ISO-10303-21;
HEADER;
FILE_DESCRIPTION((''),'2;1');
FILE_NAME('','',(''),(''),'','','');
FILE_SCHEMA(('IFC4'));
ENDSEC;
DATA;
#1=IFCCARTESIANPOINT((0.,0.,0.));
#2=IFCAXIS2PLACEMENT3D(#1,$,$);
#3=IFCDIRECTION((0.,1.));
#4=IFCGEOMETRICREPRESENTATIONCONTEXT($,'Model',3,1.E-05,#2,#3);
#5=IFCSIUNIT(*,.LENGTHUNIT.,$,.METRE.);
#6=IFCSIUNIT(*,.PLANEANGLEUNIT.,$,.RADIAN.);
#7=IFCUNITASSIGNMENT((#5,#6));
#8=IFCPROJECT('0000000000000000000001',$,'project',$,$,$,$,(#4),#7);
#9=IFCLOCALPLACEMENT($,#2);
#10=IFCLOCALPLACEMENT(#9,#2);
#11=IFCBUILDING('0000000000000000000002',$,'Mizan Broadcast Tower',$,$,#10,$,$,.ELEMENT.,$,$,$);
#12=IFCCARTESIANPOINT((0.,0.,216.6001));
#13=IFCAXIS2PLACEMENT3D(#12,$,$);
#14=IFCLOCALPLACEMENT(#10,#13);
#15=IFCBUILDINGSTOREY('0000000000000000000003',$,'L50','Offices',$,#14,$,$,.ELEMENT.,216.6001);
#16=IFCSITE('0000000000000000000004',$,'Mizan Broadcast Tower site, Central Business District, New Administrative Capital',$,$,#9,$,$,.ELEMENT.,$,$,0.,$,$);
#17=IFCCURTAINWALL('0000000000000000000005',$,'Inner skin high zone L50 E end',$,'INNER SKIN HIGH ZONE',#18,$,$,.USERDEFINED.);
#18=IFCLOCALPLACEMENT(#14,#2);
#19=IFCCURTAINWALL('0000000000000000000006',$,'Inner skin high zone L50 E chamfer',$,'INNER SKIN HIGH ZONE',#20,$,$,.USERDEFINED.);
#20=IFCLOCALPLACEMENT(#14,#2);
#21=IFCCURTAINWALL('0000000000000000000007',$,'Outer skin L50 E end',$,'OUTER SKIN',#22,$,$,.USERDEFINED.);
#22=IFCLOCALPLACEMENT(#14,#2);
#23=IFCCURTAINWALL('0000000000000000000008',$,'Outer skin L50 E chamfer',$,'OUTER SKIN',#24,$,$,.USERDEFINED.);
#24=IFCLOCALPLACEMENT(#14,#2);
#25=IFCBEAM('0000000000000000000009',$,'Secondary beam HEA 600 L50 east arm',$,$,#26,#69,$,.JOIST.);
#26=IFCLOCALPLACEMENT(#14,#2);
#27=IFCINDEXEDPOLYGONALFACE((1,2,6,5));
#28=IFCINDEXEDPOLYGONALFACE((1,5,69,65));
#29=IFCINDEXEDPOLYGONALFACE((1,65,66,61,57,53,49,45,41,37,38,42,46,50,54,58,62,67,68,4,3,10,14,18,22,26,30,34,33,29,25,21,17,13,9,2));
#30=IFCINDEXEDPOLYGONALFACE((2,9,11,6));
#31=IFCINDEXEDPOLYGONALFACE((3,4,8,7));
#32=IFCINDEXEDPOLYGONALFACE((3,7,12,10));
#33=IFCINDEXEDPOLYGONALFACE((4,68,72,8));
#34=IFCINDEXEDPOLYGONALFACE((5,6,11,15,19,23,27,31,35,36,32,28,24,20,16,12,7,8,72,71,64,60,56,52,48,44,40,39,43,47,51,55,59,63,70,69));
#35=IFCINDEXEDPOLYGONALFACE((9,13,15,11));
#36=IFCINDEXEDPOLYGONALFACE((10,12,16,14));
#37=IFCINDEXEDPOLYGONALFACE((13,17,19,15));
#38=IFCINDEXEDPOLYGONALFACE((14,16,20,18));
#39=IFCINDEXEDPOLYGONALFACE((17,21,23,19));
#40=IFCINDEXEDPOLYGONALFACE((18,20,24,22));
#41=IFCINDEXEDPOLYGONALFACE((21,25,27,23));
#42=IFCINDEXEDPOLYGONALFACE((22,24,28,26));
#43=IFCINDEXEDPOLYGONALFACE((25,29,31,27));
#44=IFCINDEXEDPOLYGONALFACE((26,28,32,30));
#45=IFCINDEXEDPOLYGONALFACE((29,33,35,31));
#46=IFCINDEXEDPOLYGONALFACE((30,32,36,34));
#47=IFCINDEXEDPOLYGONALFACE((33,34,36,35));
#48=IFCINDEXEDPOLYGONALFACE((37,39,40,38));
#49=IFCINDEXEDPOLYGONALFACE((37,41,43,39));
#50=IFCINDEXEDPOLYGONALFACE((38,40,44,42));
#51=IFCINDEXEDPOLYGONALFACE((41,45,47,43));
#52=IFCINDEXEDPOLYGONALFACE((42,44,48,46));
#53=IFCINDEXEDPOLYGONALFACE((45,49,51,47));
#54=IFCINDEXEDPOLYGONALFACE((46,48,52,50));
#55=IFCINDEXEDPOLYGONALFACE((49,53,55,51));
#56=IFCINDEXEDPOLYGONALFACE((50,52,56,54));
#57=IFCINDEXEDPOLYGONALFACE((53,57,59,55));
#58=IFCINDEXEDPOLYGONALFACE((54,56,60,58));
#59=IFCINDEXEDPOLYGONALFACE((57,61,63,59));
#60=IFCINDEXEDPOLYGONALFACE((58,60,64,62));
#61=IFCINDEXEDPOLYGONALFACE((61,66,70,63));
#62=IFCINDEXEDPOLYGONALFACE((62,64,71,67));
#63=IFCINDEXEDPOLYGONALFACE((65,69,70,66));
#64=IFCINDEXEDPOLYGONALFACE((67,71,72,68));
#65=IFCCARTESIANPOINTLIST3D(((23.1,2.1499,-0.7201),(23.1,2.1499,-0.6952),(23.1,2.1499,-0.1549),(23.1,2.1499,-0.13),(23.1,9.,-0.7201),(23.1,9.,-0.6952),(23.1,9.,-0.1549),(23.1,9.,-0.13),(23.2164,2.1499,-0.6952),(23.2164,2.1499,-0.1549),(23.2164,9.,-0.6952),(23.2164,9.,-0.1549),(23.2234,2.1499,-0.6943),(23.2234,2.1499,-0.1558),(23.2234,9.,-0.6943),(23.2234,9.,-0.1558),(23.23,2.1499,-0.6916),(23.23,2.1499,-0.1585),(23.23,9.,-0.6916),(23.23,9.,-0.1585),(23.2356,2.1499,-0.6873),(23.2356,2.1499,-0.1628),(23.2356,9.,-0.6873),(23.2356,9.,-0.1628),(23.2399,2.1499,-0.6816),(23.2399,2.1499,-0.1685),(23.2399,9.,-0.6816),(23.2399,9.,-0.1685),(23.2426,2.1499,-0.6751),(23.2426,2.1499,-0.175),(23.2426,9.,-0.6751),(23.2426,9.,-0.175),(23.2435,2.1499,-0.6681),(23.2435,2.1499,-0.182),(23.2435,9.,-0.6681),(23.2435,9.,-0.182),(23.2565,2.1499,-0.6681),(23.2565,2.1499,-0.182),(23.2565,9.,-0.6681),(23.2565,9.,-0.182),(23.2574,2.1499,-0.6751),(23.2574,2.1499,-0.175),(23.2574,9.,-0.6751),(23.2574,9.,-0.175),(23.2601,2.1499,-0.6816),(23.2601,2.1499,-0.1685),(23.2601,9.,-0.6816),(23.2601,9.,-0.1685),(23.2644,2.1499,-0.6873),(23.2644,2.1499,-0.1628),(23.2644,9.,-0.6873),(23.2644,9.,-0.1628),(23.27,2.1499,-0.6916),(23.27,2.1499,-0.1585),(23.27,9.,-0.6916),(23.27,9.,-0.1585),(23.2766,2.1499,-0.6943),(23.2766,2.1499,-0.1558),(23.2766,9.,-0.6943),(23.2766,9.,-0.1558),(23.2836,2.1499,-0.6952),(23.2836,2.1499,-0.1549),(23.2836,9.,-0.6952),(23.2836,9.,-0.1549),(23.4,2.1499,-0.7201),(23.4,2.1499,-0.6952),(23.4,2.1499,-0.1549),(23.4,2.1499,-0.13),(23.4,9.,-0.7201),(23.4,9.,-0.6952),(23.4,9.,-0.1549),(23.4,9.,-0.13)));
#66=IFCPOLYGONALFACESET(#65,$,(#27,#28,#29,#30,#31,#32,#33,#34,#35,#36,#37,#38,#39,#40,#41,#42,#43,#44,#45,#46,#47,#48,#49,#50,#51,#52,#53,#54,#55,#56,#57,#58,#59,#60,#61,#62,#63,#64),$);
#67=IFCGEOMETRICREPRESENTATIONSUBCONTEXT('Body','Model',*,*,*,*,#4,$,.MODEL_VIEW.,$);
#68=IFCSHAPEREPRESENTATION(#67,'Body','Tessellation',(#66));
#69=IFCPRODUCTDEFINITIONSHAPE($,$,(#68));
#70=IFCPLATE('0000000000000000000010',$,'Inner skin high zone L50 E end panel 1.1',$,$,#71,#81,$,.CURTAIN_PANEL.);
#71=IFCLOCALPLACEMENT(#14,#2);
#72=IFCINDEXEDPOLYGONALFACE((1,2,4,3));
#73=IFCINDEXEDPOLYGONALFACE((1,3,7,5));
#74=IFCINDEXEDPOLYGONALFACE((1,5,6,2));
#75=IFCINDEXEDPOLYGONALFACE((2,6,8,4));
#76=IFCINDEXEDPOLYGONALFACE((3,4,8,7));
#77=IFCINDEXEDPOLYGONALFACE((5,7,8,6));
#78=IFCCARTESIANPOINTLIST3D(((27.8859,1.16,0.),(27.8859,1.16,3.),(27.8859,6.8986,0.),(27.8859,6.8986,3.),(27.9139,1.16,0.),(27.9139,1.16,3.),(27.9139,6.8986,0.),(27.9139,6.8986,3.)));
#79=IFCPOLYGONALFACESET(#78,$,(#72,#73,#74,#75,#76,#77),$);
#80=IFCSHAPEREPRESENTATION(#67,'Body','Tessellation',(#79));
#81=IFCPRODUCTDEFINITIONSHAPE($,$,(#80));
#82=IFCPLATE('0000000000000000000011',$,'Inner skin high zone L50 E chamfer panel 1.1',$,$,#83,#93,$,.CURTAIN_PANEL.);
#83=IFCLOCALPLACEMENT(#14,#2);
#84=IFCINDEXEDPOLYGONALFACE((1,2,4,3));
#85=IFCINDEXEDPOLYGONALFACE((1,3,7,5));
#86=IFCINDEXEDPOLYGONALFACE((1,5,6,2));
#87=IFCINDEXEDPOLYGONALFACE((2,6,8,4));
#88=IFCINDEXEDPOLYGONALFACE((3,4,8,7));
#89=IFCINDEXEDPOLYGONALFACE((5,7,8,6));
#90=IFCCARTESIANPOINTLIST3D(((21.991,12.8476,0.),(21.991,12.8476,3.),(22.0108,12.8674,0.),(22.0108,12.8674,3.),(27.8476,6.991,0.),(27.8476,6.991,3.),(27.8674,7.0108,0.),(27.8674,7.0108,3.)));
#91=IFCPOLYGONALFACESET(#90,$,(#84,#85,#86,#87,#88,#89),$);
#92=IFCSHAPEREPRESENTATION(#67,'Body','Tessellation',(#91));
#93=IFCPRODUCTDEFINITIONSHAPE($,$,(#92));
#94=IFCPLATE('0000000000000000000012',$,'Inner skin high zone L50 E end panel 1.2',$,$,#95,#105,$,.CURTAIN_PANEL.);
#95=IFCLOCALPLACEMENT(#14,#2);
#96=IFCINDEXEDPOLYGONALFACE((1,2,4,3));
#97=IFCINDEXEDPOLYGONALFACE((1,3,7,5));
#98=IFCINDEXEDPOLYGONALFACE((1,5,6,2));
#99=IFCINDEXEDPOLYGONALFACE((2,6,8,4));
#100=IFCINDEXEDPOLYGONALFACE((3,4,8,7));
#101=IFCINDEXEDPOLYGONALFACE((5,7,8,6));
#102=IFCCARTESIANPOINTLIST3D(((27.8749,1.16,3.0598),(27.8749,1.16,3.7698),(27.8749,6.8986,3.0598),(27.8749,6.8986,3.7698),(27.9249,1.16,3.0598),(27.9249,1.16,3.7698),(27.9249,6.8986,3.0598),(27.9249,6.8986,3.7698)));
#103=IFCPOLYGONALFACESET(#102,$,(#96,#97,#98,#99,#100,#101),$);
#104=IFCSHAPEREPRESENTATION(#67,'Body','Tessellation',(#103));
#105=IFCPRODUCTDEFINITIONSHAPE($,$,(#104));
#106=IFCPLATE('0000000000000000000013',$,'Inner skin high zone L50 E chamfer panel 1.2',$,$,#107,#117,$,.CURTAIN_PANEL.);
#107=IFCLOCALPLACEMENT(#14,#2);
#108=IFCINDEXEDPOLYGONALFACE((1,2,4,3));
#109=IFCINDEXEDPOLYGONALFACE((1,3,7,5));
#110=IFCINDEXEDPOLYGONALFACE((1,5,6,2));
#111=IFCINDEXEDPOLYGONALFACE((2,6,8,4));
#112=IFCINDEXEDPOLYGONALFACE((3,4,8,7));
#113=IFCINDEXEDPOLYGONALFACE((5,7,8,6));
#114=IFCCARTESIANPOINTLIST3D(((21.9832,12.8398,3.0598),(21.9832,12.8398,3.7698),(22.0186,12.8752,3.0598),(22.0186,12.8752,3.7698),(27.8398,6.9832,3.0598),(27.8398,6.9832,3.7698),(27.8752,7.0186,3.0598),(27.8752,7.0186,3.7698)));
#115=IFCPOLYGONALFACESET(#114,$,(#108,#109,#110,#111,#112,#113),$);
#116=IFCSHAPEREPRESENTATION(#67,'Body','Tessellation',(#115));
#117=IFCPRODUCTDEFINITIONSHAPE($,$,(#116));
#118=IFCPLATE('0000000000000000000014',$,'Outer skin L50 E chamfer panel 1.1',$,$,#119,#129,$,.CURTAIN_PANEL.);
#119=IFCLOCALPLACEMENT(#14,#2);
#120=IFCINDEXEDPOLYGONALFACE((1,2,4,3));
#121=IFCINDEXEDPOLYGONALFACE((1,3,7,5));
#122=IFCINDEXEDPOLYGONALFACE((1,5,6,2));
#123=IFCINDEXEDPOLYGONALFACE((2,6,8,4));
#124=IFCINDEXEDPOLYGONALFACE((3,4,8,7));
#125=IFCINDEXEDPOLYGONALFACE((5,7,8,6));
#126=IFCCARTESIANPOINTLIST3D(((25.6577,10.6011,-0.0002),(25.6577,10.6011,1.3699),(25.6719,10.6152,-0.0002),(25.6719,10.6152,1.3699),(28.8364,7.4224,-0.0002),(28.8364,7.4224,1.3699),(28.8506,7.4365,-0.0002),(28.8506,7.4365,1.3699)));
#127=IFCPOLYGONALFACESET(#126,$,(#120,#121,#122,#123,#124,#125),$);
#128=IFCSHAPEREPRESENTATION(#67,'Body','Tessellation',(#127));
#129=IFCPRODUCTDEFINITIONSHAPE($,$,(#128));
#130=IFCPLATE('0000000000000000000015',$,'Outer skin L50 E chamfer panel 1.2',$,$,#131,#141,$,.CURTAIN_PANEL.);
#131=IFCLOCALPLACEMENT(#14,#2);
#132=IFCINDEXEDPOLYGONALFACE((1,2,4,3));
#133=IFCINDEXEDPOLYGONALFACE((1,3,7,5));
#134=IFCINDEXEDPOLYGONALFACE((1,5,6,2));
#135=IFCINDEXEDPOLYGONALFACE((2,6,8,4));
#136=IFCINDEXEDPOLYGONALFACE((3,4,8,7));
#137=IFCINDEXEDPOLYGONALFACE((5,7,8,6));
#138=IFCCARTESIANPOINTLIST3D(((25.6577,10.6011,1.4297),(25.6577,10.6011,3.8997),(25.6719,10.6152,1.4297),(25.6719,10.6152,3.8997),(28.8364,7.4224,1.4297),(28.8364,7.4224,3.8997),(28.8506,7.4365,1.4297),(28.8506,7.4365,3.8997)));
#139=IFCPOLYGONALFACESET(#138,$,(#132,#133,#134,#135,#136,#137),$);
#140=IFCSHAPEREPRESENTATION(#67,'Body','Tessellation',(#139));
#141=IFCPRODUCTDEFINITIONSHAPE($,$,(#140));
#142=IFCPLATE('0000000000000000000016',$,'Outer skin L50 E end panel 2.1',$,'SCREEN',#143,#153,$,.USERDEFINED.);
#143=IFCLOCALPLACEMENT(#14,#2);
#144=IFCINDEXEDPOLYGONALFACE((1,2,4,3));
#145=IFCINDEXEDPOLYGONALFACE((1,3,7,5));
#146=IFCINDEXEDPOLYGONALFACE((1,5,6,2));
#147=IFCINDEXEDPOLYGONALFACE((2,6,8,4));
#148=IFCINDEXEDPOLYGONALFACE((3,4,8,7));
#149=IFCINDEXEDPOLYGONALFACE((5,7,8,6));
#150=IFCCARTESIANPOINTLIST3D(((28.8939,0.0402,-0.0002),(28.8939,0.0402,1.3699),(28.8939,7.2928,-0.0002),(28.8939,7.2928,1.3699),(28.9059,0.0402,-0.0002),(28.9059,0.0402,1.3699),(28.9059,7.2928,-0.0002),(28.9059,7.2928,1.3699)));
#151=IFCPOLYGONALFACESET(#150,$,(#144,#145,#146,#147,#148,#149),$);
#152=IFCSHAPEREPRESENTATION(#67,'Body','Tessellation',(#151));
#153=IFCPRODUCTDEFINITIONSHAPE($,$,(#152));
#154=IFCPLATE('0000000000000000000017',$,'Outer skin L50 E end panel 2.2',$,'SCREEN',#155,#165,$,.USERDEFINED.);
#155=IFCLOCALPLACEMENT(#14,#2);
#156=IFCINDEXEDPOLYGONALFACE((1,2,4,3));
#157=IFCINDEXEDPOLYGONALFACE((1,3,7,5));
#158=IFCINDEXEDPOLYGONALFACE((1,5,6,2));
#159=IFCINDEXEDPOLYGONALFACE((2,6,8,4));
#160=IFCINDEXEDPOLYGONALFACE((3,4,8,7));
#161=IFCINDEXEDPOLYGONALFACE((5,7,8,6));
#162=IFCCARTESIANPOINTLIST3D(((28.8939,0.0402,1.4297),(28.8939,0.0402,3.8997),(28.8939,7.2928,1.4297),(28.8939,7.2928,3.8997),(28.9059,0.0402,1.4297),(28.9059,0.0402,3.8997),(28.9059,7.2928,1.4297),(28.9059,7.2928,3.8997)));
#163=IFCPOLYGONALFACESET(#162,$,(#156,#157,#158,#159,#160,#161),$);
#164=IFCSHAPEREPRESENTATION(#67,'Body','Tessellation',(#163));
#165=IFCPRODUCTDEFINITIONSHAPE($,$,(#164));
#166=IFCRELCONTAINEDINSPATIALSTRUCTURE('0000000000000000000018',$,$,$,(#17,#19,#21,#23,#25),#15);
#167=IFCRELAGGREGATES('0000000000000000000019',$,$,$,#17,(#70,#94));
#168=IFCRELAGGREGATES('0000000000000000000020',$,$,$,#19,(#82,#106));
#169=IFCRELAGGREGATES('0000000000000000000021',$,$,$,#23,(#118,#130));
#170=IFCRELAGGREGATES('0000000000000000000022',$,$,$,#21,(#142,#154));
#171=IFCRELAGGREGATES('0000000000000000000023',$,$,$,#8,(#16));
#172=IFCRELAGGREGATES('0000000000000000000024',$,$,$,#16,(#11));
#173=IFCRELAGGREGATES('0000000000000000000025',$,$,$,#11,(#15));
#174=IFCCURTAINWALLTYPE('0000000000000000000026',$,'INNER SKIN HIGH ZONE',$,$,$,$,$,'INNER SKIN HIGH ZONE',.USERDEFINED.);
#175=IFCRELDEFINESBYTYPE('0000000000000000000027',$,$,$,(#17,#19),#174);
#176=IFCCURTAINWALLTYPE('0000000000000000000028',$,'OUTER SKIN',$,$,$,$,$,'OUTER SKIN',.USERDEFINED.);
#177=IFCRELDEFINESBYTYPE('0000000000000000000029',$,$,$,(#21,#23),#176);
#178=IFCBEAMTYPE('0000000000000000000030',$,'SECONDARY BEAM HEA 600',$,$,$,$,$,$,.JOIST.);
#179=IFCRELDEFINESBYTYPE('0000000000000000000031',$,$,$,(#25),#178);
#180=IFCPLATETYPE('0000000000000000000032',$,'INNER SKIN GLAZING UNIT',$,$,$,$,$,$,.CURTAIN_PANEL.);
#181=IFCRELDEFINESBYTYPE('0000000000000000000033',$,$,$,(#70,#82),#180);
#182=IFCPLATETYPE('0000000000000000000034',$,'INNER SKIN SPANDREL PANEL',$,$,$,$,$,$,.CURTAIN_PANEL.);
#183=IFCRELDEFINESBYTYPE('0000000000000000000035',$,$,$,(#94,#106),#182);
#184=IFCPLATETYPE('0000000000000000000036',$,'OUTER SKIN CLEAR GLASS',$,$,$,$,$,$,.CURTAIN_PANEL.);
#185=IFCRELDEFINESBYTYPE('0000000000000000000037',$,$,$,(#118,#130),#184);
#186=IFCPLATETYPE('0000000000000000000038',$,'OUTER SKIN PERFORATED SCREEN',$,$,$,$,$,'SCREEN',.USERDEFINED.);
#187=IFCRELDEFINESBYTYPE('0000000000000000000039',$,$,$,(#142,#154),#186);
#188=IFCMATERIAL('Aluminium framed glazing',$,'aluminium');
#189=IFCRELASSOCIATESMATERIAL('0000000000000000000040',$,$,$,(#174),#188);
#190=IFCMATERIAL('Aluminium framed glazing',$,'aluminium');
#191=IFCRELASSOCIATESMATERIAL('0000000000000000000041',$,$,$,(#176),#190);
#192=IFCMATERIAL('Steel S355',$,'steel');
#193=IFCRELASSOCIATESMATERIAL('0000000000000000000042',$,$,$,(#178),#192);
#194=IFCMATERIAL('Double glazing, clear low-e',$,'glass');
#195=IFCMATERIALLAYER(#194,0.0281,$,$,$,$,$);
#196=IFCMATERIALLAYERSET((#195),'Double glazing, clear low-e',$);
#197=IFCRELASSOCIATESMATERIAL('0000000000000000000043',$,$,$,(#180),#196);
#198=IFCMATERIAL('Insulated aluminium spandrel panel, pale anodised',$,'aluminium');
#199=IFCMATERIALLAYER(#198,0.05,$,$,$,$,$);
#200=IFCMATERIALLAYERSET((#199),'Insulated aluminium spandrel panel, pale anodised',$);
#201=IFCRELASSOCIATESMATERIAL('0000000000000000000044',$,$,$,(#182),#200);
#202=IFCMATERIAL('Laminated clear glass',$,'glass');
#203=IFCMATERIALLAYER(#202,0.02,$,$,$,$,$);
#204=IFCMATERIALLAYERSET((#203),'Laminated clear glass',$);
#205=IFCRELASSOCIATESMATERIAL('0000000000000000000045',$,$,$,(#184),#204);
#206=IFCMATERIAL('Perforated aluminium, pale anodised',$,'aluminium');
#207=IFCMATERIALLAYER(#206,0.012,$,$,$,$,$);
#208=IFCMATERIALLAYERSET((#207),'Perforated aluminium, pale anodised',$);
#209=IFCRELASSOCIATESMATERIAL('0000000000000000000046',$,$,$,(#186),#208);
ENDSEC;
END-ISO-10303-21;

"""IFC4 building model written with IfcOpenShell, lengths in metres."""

from ifc_helpers import new_model, si_unit, direction, frame, origin, origin_2d, place, context, subcontext, project, spatial, rectangle, i_section, extrude, material, layer, layer_set, material_profile, profile_set, type_object, element, aggregate, save


model = new_model("IFC4")

# Units and contexts
model_context = context("Model", 3, precision=1e-05, world=origin(), true_north=direction((0.0, 1.0)))
body_context = subcontext(model_context, "Body", "Model", "MODEL_VIEW")
ifc_project = project(units=[si_unit("LENGTHUNIT", "METRE"), si_unit("PLANEANGLEUNIT", "RADIAN")], contexts=[model_context])

# Site, building, storey
site_placement = place(None, origin())
site = spatial("IfcSite", under=ifc_project, at=site_placement, Name="Mizan Broadcast Tower site, Central Business District, New Administrative Capital", CompositionType="ELEMENT", RefElevation=0.0)
building_placement = place(site_placement, origin())
building = spatial("IfcBuilding", under=site, at=building_placement, Name="Mizan Broadcast Tower", CompositionType="ELEMENT")
storey_placement = place(building_placement, frame((0.0, 0.0, 216.6001)))
storey = spatial("IfcBuildingStorey", under=building, at=storey_placement, Name="L50", Description="Offices", CompositionType="ELEMENT", Elevation=216.6001)

# Curtain wall
ifc_material_1 = material(Name="Aluminium framed glazing", Category="aluminium")
curtain_wall_type_1 = type_object("IfcCurtainWallType", Name="INNER SKIN HIGH ZONE", ElementType="INNER SKIN HIGH ZONE", PredefinedType="USERDEFINED", material=ifc_material_1)
curtain_wall_1_placement = place(storey_placement, origin())
curtain_wall_1 = element("IfcCurtainWall", 1, at=curtain_wall_1_placement, inside=storey, type_object=curtain_wall_type_1, Name="Inner skin high zone L50 E end", ObjectType="INNER SKIN HIGH ZONE", PredefinedType="USERDEFINED")

# Curtain wall
curtain_wall_2_placement = place(storey_placement, origin())
curtain_wall_2 = element("IfcCurtainWall", 2, at=curtain_wall_2_placement, inside=storey, type_object=curtain_wall_type_1, Name="Inner skin high zone L50 E chamfer", ObjectType="INNER SKIN HIGH ZONE", PredefinedType="USERDEFINED")

# Curtain wall
ifc_material_2 = material(Name="Aluminium framed glazing", Category="aluminium")
curtain_wall_type_2 = type_object("IfcCurtainWallType", Name="OUTER SKIN", ElementType="OUTER SKIN", PredefinedType="USERDEFINED", material=ifc_material_2)
curtain_wall_3_placement = place(storey_placement, origin())
curtain_wall_3 = element("IfcCurtainWall", 3, at=curtain_wall_3_placement, inside=storey, type_object=curtain_wall_type_2, Name="Outer skin L50 E end", ObjectType="OUTER SKIN", PredefinedType="USERDEFINED")

# Curtain wall
curtain_wall_4_placement = place(storey_placement, origin())
curtain_wall_4 = element("IfcCurtainWall", 4, at=curtain_wall_4_placement, inside=storey, type_object=curtain_wall_type_2, Name="Outer skin L50 E chamfer", ObjectType="OUTER SKIN", PredefinedType="USERDEFINED")

# Beam
ifc_material_3 = material(Name="Steel S355", Category="steel")
ifc_material_profile_1 = material_profile(ifc_material_3, i_section(OverallWidth=0.3, OverallDepth=0.5901, WebThickness=0.0129, FlangeThickness=0.0249, FilletRadius=0.0271, at=origin_2d()), Name="HEA 600")
ifc_profile_set_1 = profile_set([ifc_material_profile_1], Name="Steel S355")
beam_type_1 = type_object("IfcBeamType", Name="SECONDARY BEAM HEA 600", PredefinedType="JOIST", material=ifc_profile_set_1)
beam_1_placement = place(storey_placement, frame((23.25, 9.0, -0.425), z_axis=(0.0, -1.0, 0.0), x_axis=(1.0, 0.0, 0.0)))
element("IfcBeam", 5, at=beam_1_placement, inside=storey, type_object=beam_type_1, Name="Secondary beam HEA 600 L50 east arm", PredefinedType="JOIST", context=body_context, shape_type="SweptSolid", body=[
    extrude(i_section(OverallWidth=0.3, OverallDepth=0.5901, WebThickness=0.0129, FlangeThickness=0.0249, FilletRadius=0.0271, at=origin_2d()), origin(), (0.0, 0.0, 1.0), 6.8501),
])

# Plates
ifc_material_4 = material(Name="Double glazing, clear low-e", Category="glass")
ifc_layer_1 = layer(ifc_material_4, 0.0281)
ifc_layer_set_1 = layer_set([ifc_layer_1], Name="Double glazing, clear low-e")
plate_type_1 = type_object("IfcPlateType", Name="INNER SKIN GLAZING UNIT", PredefinedType="CURTAIN_PANEL", material=ifc_layer_set_1)
plate_1_placement = place(storey_placement, frame((27.8999, 4.0293, 0.0), z_axis=(0.0, 0.0, 1.0), x_axis=(0.0, 1.0, 0.0)))
plate_1 = element("IfcPlate", 6, at=plate_1_placement, type_object=plate_type_1, Name="Inner skin high zone L50 E end panel 1.1", PredefinedType="CURTAIN_PANEL", context=body_context, shape_type="SweptSolid", body=[
    extrude(rectangle(XDim=5.7385, YDim=0.0281, at=origin_2d()), origin(), (0.0, 0.0, 1.0), 3.0),
])
plate_2_placement = place(storey_placement, frame((24.9292, 9.9292, 0.0), z_axis=(0.0, 0.0, 1.0), x_axis=(-0.707107, 0.707107, 0.0)))
plate_2 = element("IfcPlate", 7, at=plate_2_placement, type_object=plate_type_1, Name="Inner skin high zone L50 E chamfer panel 1.1", PredefinedType="CURTAIN_PANEL", context=body_context, shape_type="SweptSolid", body=[
    extrude(rectangle(XDim=8.2825, YDim=0.0281, at=origin_2d()), origin(), (0.0, 0.0, 1.0), 3.0),
])
ifc_material_5 = material(Name="Insulated aluminium spandrel panel, pale anodised", Category="aluminium")
ifc_layer_2 = layer(ifc_material_5, 0.05)
ifc_layer_set_2 = layer_set([ifc_layer_2], Name="Insulated aluminium spandrel panel, pale anodised")
plate_type_2 = type_object("IfcPlateType", Name="INNER SKIN SPANDREL PANEL", PredefinedType="CURTAIN_PANEL", material=ifc_layer_set_2)
plate_3_placement = place(storey_placement, frame((27.8999, 4.0293, 3.0598), z_axis=(0.0, 0.0, 1.0), x_axis=(0.0, 1.0, 0.0)))
plate_3 = element("IfcPlate", 8, at=plate_3_placement, type_object=plate_type_2, Name="Inner skin high zone L50 E end panel 1.2", PredefinedType="CURTAIN_PANEL", context=body_context, shape_type="SweptSolid", body=[
    extrude(rectangle(XDim=5.7385, YDim=0.05, at=origin_2d()), origin(), (0.0, 0.0, 1.0), 0.71),
])
aggregate(curtain_wall_1, [plate_1, plate_3])
plate_4_placement = place(storey_placement, frame((24.9292, 9.9292, 3.0598), z_axis=(0.0, 0.0, 1.0), x_axis=(-0.707107, 0.707107, 0.0)))
plate_4 = element("IfcPlate", 9, at=plate_4_placement, type_object=plate_type_2, Name="Inner skin high zone L50 E chamfer panel 1.2", PredefinedType="CURTAIN_PANEL", context=body_context, shape_type="SweptSolid", body=[
    extrude(rectangle(XDim=8.2825, YDim=0.05, at=origin_2d()), origin(), (0.0, 0.0, 1.0), 0.71),
])
aggregate(curtain_wall_2, [plate_2, plate_4])
ifc_material_6 = material(Name="Laminated clear glass", Category="glass")
ifc_layer_3 = layer(ifc_material_6, 0.02)
ifc_layer_set_3 = layer_set([ifc_layer_3], Name="Laminated clear glass")
plate_type_3 = type_object("IfcPlateType", Name="OUTER SKIN CLEAR GLASS", PredefinedType="CURTAIN_PANEL", material=ifc_layer_set_3)
plate_5_placement = place(storey_placement, frame((27.2542, 9.0188, -0.0002), z_axis=(0.0, 0.0, 1.0), x_axis=(-0.707107, 0.707107, 0.0)))
plate_5 = element("IfcPlate", 10, at=plate_5_placement, type_object=plate_type_3, Name="Outer skin L50 E chamfer panel 1.1", PredefinedType="CURTAIN_PANEL", context=body_context, shape_type="SweptSolid", body=[
    extrude(rectangle(XDim=4.4954, YDim=0.02, at=origin_2d()), origin(), (0.0, 0.0, 1.0), 1.3701),
])
plate_6_placement = place(storey_placement, frame((27.2542, 9.0188, 1.4297), z_axis=(0.0, 0.0, 1.0), x_axis=(-0.707107, 0.707107, 0.0)))
plate_6 = element("IfcPlate", 11, at=plate_6_placement, type_object=plate_type_3, Name="Outer skin L50 E chamfer panel 1.2", PredefinedType="CURTAIN_PANEL", context=body_context, shape_type="SweptSolid", body=[
    extrude(rectangle(XDim=4.4954, YDim=0.02, at=origin_2d()), origin(), (0.0, 0.0, 1.0), 2.47),
])
aggregate(curtain_wall_4, [plate_5, plate_6])
ifc_material_7 = material(Name="Perforated aluminium, pale anodised", Category="aluminium")
ifc_layer_4 = layer(ifc_material_7, 0.012)
ifc_layer_set_4 = layer_set([ifc_layer_4], Name="Perforated aluminium, pale anodised")
plate_type_4 = type_object("IfcPlateType", Name="OUTER SKIN PERFORATED SCREEN", ElementType="SCREEN", PredefinedType="USERDEFINED", material=ifc_layer_set_4)
plate_7_placement = place(storey_placement, frame((28.8999, 3.6665, -0.0002), z_axis=(0.0, 0.0, 1.0), x_axis=(0.0, 1.0, 0.0)))
plate_7 = element("IfcPlate", 12, at=plate_7_placement, type_object=plate_type_4, Name="Outer skin L50 E end panel 2.1", ObjectType="SCREEN", PredefinedType="USERDEFINED", context=body_context, shape_type="SweptSolid", body=[
    extrude(rectangle(XDim=7.2527, YDim=0.012, at=origin_2d()), origin(), (0.0, 0.0, 1.0), 1.3701),
])
plate_8_placement = place(storey_placement, frame((28.8999, 3.6665, 1.4297), z_axis=(0.0, 0.0, 1.0), x_axis=(0.0, 1.0, 0.0)))
plate_8 = element("IfcPlate", 13, at=plate_8_placement, type_object=plate_type_4, Name="Outer skin L50 E end panel 2.2", ObjectType="SCREEN", PredefinedType="USERDEFINED", context=body_context, shape_type="SweptSolid", body=[
    extrude(rectangle(XDim=7.2527, YDim=0.012, at=origin_2d()), origin(), (0.0, 0.0, 1.0), 2.47),
])
aggregate(curtain_wall_3, [plate_7, plate_8])

save(model, "model.ifc")
